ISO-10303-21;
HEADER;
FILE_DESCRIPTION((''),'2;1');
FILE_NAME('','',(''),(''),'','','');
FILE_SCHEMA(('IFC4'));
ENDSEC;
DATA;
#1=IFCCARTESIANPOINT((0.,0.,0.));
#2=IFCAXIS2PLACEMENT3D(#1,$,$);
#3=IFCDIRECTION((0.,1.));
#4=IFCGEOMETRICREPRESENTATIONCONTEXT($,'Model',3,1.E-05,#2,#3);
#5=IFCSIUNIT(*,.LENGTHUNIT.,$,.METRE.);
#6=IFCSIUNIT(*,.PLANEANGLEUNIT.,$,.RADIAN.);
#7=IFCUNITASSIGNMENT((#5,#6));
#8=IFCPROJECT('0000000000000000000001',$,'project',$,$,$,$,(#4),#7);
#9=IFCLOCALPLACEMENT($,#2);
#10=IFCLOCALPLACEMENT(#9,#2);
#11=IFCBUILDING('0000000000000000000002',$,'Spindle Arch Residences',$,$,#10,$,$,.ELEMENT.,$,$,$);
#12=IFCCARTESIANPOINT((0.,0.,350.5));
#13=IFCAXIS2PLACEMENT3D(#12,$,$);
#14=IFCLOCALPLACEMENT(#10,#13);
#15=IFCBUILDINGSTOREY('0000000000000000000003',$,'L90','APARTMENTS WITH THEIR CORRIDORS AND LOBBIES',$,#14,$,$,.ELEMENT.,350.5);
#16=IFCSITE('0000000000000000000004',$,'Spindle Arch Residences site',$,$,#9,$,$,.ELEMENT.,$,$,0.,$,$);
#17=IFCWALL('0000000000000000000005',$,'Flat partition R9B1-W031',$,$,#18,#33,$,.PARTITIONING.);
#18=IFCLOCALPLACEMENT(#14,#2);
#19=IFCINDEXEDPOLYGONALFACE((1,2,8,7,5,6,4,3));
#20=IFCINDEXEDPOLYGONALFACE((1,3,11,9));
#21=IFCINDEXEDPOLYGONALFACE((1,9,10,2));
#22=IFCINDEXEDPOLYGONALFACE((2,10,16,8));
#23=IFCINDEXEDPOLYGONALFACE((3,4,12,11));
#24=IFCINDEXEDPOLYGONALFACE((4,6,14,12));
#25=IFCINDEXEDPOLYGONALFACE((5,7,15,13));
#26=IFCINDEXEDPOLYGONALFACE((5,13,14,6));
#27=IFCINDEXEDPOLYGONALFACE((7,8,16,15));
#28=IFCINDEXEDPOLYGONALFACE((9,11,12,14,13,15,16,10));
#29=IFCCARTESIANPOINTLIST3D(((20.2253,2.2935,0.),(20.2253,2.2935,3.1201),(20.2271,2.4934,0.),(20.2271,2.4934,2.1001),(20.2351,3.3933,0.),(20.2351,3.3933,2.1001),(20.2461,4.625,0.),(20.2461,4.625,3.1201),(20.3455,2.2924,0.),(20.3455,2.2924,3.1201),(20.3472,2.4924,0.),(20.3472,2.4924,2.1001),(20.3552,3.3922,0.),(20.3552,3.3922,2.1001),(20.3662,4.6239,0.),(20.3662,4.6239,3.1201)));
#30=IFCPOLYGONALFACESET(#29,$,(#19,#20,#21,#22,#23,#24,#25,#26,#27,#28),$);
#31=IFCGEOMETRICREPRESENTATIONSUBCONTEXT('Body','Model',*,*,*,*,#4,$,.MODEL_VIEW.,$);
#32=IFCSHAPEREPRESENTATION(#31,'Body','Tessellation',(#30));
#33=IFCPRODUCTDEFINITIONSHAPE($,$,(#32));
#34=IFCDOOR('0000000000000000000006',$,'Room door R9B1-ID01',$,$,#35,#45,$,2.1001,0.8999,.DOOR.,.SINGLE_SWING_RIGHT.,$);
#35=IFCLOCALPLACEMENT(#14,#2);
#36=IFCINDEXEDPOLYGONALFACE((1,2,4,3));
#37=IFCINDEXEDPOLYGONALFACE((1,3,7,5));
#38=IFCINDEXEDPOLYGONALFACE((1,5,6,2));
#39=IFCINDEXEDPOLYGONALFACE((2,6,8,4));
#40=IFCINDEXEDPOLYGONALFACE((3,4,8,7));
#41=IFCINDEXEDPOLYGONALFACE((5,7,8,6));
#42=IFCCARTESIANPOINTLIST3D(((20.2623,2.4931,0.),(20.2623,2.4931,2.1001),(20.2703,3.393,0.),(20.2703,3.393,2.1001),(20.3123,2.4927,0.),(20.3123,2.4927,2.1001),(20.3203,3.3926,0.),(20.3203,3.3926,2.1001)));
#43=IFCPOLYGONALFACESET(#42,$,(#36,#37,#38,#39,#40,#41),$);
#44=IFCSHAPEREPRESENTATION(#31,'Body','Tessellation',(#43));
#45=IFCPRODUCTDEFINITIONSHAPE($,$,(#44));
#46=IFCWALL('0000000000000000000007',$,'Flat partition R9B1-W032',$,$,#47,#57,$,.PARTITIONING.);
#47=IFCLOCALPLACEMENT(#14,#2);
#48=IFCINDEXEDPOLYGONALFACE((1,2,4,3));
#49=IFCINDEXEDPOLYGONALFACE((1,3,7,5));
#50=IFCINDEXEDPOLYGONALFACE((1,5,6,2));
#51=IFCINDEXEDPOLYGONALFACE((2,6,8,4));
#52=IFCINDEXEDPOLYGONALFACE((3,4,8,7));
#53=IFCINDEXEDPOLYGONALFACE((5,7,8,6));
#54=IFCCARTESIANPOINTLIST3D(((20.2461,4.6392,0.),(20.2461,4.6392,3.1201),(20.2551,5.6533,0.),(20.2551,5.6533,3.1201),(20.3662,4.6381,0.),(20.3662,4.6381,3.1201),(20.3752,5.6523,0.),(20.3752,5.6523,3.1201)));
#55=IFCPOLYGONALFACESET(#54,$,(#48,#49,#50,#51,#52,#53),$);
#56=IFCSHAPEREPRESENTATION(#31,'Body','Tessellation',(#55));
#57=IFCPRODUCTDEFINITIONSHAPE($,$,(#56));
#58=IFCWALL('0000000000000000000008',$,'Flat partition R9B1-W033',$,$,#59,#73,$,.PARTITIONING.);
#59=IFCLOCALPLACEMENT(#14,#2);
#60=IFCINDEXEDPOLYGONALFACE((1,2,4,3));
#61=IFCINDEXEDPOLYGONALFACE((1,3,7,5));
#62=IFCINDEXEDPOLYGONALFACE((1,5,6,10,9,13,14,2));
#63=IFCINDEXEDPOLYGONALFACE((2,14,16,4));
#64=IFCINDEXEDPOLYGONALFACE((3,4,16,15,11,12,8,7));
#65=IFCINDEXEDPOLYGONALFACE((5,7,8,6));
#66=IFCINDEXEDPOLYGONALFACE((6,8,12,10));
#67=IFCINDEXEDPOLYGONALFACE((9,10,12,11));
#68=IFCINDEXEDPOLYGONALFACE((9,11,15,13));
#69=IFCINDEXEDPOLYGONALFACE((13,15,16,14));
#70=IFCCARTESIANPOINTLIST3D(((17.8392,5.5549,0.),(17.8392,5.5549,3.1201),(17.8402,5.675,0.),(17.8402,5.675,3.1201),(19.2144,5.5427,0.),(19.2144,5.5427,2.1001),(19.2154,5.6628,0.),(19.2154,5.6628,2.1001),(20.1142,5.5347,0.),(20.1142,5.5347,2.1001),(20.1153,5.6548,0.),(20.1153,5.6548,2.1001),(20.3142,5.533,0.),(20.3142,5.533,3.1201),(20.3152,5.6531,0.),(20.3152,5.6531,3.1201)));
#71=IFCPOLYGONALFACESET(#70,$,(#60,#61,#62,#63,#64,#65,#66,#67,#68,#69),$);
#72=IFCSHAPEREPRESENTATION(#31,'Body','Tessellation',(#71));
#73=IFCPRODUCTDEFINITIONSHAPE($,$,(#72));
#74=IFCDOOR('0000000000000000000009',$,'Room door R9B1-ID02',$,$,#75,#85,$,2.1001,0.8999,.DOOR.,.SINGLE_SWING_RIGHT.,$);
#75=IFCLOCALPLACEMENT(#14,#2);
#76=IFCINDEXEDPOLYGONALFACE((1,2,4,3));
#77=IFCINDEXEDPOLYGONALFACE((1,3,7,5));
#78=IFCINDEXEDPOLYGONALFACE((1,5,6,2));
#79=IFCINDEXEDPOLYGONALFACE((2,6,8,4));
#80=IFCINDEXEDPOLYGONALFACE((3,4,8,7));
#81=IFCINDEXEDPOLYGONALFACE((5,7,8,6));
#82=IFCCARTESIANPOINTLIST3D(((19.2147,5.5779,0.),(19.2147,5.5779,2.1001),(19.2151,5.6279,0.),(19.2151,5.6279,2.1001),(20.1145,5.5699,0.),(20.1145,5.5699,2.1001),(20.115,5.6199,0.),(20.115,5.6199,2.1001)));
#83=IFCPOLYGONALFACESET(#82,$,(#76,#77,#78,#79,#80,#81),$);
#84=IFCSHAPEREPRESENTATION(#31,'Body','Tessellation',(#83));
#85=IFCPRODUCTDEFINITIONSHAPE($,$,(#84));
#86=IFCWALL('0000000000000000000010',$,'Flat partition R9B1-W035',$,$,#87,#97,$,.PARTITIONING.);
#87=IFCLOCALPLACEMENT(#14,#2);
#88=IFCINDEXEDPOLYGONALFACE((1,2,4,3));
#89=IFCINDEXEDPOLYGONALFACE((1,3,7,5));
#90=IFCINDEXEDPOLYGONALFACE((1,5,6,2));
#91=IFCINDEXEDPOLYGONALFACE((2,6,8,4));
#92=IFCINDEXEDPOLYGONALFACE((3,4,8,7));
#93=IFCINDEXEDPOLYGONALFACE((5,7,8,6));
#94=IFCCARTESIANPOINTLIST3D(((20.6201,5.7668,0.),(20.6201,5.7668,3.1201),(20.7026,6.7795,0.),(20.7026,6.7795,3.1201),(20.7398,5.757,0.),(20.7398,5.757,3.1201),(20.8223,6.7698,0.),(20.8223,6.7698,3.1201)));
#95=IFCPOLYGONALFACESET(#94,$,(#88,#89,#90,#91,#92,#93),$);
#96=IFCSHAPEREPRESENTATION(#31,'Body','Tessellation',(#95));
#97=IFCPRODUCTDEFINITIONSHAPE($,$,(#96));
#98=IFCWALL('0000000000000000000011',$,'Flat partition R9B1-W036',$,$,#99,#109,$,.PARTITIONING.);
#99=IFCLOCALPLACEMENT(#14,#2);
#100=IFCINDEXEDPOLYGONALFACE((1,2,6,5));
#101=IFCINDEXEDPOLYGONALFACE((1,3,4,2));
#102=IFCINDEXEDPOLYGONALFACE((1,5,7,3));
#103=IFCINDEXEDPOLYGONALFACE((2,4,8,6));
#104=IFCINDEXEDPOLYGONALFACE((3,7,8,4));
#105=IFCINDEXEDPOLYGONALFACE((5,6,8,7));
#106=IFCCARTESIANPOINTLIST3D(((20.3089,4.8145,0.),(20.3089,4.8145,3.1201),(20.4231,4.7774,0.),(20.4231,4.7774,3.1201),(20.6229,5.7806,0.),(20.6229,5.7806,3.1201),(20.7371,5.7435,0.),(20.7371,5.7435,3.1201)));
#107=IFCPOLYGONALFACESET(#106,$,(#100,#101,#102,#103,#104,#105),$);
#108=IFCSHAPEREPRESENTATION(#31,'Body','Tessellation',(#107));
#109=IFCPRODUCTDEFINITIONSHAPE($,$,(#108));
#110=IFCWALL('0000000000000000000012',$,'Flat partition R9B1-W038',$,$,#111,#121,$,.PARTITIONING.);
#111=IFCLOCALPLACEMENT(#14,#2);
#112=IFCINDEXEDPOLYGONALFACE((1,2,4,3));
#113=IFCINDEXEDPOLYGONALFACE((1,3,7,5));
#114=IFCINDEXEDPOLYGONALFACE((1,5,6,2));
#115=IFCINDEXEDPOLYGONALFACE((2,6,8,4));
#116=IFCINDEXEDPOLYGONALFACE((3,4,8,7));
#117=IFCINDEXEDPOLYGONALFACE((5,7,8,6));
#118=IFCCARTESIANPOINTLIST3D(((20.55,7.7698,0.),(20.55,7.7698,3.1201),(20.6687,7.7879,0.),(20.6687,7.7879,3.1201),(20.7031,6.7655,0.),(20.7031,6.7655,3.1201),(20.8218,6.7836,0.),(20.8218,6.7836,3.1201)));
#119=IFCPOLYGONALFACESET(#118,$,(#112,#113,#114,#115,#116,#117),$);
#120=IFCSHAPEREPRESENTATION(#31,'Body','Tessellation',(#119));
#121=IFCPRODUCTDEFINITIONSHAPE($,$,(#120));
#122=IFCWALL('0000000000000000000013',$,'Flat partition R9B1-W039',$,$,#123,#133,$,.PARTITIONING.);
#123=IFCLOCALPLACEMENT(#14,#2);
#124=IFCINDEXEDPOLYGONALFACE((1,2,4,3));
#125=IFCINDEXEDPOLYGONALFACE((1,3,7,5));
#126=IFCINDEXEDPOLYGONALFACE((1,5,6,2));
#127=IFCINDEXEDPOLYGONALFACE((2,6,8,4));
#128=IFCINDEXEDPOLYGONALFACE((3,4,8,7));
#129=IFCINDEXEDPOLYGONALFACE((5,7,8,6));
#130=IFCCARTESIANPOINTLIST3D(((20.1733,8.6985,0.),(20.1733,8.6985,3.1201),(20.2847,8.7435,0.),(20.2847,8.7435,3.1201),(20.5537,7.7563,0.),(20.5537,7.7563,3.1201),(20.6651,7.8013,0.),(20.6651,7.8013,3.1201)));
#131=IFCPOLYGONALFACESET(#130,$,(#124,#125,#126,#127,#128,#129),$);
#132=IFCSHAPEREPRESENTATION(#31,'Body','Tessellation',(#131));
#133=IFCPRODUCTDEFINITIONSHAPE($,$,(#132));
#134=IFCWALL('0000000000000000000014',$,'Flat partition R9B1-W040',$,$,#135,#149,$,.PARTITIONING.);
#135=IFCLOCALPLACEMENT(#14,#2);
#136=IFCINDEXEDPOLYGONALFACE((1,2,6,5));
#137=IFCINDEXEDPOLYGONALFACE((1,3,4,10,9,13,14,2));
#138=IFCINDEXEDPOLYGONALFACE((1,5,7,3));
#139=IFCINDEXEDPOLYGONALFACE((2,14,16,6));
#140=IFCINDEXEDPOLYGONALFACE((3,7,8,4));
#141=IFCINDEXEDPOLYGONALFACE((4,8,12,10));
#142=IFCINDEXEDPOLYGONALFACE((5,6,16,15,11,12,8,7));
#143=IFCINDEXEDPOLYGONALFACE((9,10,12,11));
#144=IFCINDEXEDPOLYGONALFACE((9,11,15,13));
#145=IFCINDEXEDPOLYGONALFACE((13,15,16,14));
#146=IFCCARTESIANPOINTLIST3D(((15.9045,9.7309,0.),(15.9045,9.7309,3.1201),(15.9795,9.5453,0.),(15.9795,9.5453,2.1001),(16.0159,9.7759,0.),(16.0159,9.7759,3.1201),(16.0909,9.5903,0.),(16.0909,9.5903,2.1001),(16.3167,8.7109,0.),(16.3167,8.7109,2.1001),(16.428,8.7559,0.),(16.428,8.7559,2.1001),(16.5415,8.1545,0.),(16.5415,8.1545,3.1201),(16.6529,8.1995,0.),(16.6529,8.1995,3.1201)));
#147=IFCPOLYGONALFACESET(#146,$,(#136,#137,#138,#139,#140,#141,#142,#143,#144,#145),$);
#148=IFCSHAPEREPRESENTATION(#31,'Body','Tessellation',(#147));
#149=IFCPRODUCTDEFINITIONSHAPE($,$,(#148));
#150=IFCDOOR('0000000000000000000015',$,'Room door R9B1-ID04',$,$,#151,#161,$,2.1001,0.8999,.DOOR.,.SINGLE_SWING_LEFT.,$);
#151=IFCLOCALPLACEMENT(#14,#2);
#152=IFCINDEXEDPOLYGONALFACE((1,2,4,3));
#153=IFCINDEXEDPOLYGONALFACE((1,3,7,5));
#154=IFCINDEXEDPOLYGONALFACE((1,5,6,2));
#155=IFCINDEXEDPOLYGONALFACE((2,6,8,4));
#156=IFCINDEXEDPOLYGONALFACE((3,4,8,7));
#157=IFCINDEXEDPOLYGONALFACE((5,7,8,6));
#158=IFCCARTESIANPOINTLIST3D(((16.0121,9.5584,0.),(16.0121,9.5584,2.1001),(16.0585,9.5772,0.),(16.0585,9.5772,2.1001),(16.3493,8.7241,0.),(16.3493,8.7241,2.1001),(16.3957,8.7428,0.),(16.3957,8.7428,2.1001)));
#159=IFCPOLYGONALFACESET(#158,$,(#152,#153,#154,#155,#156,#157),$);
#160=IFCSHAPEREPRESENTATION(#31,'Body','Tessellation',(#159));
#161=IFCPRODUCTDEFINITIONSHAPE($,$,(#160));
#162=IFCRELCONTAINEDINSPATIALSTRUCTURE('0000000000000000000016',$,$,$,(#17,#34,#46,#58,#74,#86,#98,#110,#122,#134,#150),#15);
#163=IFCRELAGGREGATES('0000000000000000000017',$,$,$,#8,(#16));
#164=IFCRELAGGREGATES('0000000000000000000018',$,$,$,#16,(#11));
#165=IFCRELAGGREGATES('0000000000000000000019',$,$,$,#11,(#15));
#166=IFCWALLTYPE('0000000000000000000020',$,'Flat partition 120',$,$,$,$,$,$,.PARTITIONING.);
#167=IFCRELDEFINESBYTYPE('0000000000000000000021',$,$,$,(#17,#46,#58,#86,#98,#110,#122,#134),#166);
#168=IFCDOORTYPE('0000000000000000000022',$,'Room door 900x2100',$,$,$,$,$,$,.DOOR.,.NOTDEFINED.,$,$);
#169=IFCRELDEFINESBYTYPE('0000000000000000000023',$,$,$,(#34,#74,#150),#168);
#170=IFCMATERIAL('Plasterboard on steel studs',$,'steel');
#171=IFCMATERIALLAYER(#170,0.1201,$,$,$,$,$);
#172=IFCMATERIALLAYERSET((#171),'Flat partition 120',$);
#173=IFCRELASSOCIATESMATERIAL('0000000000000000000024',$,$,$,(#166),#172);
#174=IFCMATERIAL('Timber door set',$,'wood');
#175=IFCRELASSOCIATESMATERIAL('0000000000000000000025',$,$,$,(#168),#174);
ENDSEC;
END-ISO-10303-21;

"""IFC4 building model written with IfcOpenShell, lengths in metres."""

from ifc_helpers import new_model, si_unit, direction, frame, frame_2d, origin, place, context, subcontext, project, spatial, rectangle, extrude, material, layer, layer_set, type_object, element, fill, save


model = new_model("IFC4")

# Units and contexts
model_context = context("Model", 3, precision=1e-05, world=origin(), true_north=direction((0.0, 1.0)))
body_context = subcontext(model_context, "Body", "Model", "MODEL_VIEW")
ifc_project = project(units=[si_unit("LENGTHUNIT", "METRE"), si_unit("PLANEANGLEUNIT", "RADIAN")], contexts=[model_context])

# Site, building, storey
site_placement = place(None, origin())
site = spatial("IfcSite", under=ifc_project, at=site_placement, Name="Spindle Arch Residences site", CompositionType="ELEMENT", RefElevation=0.0)
building_placement = place(site_placement, origin())
building = spatial("IfcBuilding", under=site, at=building_placement, Name="Spindle Arch Residences", CompositionType="ELEMENT")
storey_placement = place(building_placement, frame((0.0, 0.0, 350.5)))
storey = spatial("IfcBuildingStorey", under=building, at=storey_placement, Name="L90", Description="APARTMENTS WITH THEIR CORRIDORS AND LOBBIES", CompositionType="ELEMENT", Elevation=350.5)

# Shared definitions
ifc_material_1 = material(Name="Plasterboard on steel studs", Category="steel")
ifc_layer_1 = layer(ifc_material_1, 0.1201)
ifc_layer_set_1 = layer_set([ifc_layer_1], Name="Flat partition 120")
wall_type_1 = type_object("IfcWallType", Name="Flat partition 120", PredefinedType="PARTITIONING", material=ifc_layer_set_1)

# Wall, opening, door
wall_1_placement = place(storey_placement, frame((20.2854, 2.293, 0.0), z_axis=(0.0, 0.0, 1.0), x_axis=(0.0089, 0.99996, 0.0)))
wall_1 = element("IfcWall", 1, at=wall_1_placement, inside=storey, type_object=wall_type_1, Name="Flat partition R9B1-W031", PredefinedType="PARTITIONING", context=body_context, shape_type="SweptSolid", body=[
    extrude(rectangle(XDim=2.3315, YDim=0.1201, at=frame_2d((1.1658, 0.0))), origin(), (0.0, 0.0, 1.0), 3.1201),
])
opening_1_placement = place(wall_1_placement, frame((0.2, 0.0, 0.0)))
opening_1 = element("IfcOpeningElement", 2, at=opening_1_placement, cuts=wall_1, PredefinedType="OPENING", context=body_context, shape_type="SweptSolid", body=[
    extrude(rectangle(XDim=0.8999, YDim=2.1001, at=frame_2d((0.45, 1.05))), frame((0.0, 0.0701, 0.0), z_axis=(0.0, -1.0, 0.0), x_axis=(1.0, 0.0, 0.0)), (0.0, 0.0, 1.0), 0.1401),
])
ifc_material_2 = material(Name="Timber door set", Category="wood")
door_type = type_object("IfcDoorType", Name="Room door 900x2100", OperationType="NOTDEFINED", PredefinedType="DOOR", material=ifc_material_2)
door_1_placement = place(opening_1_placement, origin())
door_1 = element("IfcDoor", 3, at=door_1_placement, inside=storey, type_object=door_type, Name="Room door R9B1-ID01", OperationType="SINGLE_SWING_RIGHT", OverallHeight=2.1001, OverallWidth=0.8999, PredefinedType="DOOR", context=body_context, shape_type="SweptSolid", body=[
    extrude(rectangle(XDim=0.8999, YDim=2.1001, at=frame_2d((0.45, 1.05))), frame((0.0, 0.0249, 0.0), z_axis=(0.0, -1.0, 0.0), x_axis=(1.0, 0.0, 0.0)), (0.0, 0.0, 1.0), 0.05),
])
fill(opening_1, door_1)

# Wall
wall_2_placement = place(storey_placement, frame((20.3062, 4.6387, 0.0), z_axis=(0.0, 0.0, 1.0), x_axis=(0.008907, 0.99996, 0.0)))
element("IfcWall", 4, at=wall_2_placement, inside=storey, type_object=wall_type_1, Name="Flat partition R9B1-W032", PredefinedType="PARTITIONING", context=body_context, shape_type="SweptSolid", body=[
    extrude(rectangle(XDim=1.0142, YDim=0.1201, at=frame_2d((0.5071, 0.0))), origin(), (0.0, 0.0, 1.0), 3.1201),
])

# Wall, opening, door
wall_3_placement = place(storey_placement, frame((20.3147, 5.593, 0.0), z_axis=(0.0, 0.0, 1.0), x_axis=(-0.999961, 0.008877, 0.0)))
wall_3 = element("IfcWall", 5, at=wall_3_placement, inside=storey, type_object=wall_type_1, Name="Flat partition R9B1-W033", PredefinedType="PARTITIONING", context=body_context, shape_type="SweptSolid", body=[
    extrude(rectangle(XDim=2.4751, YDim=0.1201, at=frame_2d((1.2375, 0.0))), origin(), (0.0, 0.0, 1.0), 3.1201),
])
opening_2_placement = place(wall_3_placement, frame((0.2, 0.0, 0.0)))
opening_2 = element("IfcOpeningElement", 6, at=opening_2_placement, cuts=wall_3, PredefinedType="OPENING", context=body_context, shape_type="SweptSolid", body=[
    extrude(rectangle(XDim=0.8999, YDim=2.1001, at=frame_2d((0.45, 1.05))), frame((0.0, 0.0701, 0.0), z_axis=(0.0, -1.0, 0.0), x_axis=(1.0, 0.0, 0.0)), (0.0, 0.0, 1.0), 0.1401),
])
door_2_placement = place(opening_2_placement, origin())
door_2 = element("IfcDoor", 7, at=door_2_placement, inside=storey, type_object=door_type, Name="Room door R9B1-ID02", OperationType="SINGLE_SWING_RIGHT", OverallHeight=2.1001, OverallWidth=0.8999, PredefinedType="DOOR", context=body_context, shape_type="SweptSolid", body=[
    extrude(rectangle(XDim=0.8999, YDim=2.1001, at=frame_2d((0.45, 1.05))), frame((0.0, 0.0249, 0.0), z_axis=(0.0, -1.0, 0.0), x_axis=(1.0, 0.0, 0.0)), (0.0, 0.0, 1.0), 0.05),
])
fill(opening_2, door_2)

# Walls
wall_4_placement = place(storey_placement, frame((20.7625, 6.7747, 0.0), z_axis=(0.0, 0.0, 1.0), x_axis=(-0.081216, -0.996697, 0.0)))
element("IfcWall", 8, at=wall_4_placement, inside=storey, type_object=wall_type_1, Name="Flat partition R9B1-W035", PredefinedType="PARTITIONING", context=body_context, shape_type="SweptSolid", body=[
    extrude(rectangle(XDim=1.0161, YDim=0.1201, at=frame_2d((0.5081, 0.0))), origin(), (0.0, 0.0, 1.0), 3.1201),
])
for number, where, z_axis, x_axis, name in (
    (9, (20.6799, 5.762, 0.0), (0.0, 0.0, 1.0), (-0.309081, -0.951036, 0.0), "Flat partition R9B1-W036"),
    (10, (20.7625, 6.7747, 0.0), (0.0, 0.0, 1.0), (-0.150702, 0.988579, 0.0), "Flat partition R9B1-W038"),
):
    element("IfcWall", number, at=place(storey_placement, frame(where, z_axis=z_axis, x_axis=x_axis)), inside=storey, type_object=wall_type_1, Name=name, PredefinedType="PARTITIONING", context=body_context, shape_type="SweptSolid", body=[
        extrude(rectangle(XDim=1.0159, YDim=0.1201, at=frame_2d((0.5078, 0.0))), origin(), (0.0, 0.0, 1.0), 3.1201),
    ])
wall_5_placement = place(storey_placement, frame((20.6094, 7.7788, 0.0), z_axis=(0.0, 0.0, 1.0), x_axis=(-0.374372, 0.927279, 0.0)))
element("IfcWall", 11, at=wall_5_placement, inside=storey, type_object=wall_type_1, Name="Flat partition R9B1-W039", PredefinedType="PARTITIONING", context=body_context, shape_type="SweptSolid", body=[
    extrude(rectangle(XDim=1.0161, YDim=0.1201, at=frame_2d((0.5081, 0.0))), origin(), (0.0, 0.0, 1.0), 3.1201),
])

# Wall, opening, door
wall_6_placement = place(storey_placement, frame((16.5972, 8.177, 0.0), z_axis=(0.0, 0.0, 1.0), x_axis=(-0.374632, 0.927174, 0.0)))
wall_6 = element("IfcWall", 12, at=wall_6_placement, inside=storey, type_object=wall_type_1, Name="Flat partition R9B1-W040", PredefinedType="PARTITIONING", context=body_context, shape_type="SweptSolid", body=[
    extrude(rectangle(XDim=1.7002, YDim=0.1201, at=frame_2d((0.8501, 0.0))), origin(), (0.0, 0.0, 1.0), 3.1201),
])
opening_3_placement = place(wall_6_placement, frame((0.6001, 0.0, 0.0)))
opening_3 = element("IfcOpeningElement", 13, at=opening_3_placement, cuts=wall_6, PredefinedType="OPENING", context=body_context, shape_type="SweptSolid", body=[
    extrude(rectangle(XDim=0.8999, YDim=2.1001, at=frame_2d((0.45, 1.05))), frame((0.0, 0.0701, 0.0), z_axis=(0.0, -1.0, 0.0), x_axis=(1.0, 0.0, 0.0)), (0.0, 0.0, 1.0), 0.1401),
])
door_3_placement = place(opening_3_placement, origin())
door_3 = element("IfcDoor", 14, at=door_3_placement, inside=storey, type_object=door_type, Name="Room door R9B1-ID04", OperationType="SINGLE_SWING_LEFT", OverallHeight=2.1001, OverallWidth=0.8999, PredefinedType="DOOR", context=body_context, shape_type="SweptSolid", body=[
    extrude(rectangle(XDim=0.8999, YDim=2.1001, at=frame_2d((0.45, 1.05))), frame((0.0, 0.0249, 0.0), z_axis=(0.0, -1.0, 0.0), x_axis=(1.0, 0.0, 0.0)), (0.0, 0.0, 1.0), 0.05),
])
fill(opening_3, door_3)

save(model, "model.ifc")
